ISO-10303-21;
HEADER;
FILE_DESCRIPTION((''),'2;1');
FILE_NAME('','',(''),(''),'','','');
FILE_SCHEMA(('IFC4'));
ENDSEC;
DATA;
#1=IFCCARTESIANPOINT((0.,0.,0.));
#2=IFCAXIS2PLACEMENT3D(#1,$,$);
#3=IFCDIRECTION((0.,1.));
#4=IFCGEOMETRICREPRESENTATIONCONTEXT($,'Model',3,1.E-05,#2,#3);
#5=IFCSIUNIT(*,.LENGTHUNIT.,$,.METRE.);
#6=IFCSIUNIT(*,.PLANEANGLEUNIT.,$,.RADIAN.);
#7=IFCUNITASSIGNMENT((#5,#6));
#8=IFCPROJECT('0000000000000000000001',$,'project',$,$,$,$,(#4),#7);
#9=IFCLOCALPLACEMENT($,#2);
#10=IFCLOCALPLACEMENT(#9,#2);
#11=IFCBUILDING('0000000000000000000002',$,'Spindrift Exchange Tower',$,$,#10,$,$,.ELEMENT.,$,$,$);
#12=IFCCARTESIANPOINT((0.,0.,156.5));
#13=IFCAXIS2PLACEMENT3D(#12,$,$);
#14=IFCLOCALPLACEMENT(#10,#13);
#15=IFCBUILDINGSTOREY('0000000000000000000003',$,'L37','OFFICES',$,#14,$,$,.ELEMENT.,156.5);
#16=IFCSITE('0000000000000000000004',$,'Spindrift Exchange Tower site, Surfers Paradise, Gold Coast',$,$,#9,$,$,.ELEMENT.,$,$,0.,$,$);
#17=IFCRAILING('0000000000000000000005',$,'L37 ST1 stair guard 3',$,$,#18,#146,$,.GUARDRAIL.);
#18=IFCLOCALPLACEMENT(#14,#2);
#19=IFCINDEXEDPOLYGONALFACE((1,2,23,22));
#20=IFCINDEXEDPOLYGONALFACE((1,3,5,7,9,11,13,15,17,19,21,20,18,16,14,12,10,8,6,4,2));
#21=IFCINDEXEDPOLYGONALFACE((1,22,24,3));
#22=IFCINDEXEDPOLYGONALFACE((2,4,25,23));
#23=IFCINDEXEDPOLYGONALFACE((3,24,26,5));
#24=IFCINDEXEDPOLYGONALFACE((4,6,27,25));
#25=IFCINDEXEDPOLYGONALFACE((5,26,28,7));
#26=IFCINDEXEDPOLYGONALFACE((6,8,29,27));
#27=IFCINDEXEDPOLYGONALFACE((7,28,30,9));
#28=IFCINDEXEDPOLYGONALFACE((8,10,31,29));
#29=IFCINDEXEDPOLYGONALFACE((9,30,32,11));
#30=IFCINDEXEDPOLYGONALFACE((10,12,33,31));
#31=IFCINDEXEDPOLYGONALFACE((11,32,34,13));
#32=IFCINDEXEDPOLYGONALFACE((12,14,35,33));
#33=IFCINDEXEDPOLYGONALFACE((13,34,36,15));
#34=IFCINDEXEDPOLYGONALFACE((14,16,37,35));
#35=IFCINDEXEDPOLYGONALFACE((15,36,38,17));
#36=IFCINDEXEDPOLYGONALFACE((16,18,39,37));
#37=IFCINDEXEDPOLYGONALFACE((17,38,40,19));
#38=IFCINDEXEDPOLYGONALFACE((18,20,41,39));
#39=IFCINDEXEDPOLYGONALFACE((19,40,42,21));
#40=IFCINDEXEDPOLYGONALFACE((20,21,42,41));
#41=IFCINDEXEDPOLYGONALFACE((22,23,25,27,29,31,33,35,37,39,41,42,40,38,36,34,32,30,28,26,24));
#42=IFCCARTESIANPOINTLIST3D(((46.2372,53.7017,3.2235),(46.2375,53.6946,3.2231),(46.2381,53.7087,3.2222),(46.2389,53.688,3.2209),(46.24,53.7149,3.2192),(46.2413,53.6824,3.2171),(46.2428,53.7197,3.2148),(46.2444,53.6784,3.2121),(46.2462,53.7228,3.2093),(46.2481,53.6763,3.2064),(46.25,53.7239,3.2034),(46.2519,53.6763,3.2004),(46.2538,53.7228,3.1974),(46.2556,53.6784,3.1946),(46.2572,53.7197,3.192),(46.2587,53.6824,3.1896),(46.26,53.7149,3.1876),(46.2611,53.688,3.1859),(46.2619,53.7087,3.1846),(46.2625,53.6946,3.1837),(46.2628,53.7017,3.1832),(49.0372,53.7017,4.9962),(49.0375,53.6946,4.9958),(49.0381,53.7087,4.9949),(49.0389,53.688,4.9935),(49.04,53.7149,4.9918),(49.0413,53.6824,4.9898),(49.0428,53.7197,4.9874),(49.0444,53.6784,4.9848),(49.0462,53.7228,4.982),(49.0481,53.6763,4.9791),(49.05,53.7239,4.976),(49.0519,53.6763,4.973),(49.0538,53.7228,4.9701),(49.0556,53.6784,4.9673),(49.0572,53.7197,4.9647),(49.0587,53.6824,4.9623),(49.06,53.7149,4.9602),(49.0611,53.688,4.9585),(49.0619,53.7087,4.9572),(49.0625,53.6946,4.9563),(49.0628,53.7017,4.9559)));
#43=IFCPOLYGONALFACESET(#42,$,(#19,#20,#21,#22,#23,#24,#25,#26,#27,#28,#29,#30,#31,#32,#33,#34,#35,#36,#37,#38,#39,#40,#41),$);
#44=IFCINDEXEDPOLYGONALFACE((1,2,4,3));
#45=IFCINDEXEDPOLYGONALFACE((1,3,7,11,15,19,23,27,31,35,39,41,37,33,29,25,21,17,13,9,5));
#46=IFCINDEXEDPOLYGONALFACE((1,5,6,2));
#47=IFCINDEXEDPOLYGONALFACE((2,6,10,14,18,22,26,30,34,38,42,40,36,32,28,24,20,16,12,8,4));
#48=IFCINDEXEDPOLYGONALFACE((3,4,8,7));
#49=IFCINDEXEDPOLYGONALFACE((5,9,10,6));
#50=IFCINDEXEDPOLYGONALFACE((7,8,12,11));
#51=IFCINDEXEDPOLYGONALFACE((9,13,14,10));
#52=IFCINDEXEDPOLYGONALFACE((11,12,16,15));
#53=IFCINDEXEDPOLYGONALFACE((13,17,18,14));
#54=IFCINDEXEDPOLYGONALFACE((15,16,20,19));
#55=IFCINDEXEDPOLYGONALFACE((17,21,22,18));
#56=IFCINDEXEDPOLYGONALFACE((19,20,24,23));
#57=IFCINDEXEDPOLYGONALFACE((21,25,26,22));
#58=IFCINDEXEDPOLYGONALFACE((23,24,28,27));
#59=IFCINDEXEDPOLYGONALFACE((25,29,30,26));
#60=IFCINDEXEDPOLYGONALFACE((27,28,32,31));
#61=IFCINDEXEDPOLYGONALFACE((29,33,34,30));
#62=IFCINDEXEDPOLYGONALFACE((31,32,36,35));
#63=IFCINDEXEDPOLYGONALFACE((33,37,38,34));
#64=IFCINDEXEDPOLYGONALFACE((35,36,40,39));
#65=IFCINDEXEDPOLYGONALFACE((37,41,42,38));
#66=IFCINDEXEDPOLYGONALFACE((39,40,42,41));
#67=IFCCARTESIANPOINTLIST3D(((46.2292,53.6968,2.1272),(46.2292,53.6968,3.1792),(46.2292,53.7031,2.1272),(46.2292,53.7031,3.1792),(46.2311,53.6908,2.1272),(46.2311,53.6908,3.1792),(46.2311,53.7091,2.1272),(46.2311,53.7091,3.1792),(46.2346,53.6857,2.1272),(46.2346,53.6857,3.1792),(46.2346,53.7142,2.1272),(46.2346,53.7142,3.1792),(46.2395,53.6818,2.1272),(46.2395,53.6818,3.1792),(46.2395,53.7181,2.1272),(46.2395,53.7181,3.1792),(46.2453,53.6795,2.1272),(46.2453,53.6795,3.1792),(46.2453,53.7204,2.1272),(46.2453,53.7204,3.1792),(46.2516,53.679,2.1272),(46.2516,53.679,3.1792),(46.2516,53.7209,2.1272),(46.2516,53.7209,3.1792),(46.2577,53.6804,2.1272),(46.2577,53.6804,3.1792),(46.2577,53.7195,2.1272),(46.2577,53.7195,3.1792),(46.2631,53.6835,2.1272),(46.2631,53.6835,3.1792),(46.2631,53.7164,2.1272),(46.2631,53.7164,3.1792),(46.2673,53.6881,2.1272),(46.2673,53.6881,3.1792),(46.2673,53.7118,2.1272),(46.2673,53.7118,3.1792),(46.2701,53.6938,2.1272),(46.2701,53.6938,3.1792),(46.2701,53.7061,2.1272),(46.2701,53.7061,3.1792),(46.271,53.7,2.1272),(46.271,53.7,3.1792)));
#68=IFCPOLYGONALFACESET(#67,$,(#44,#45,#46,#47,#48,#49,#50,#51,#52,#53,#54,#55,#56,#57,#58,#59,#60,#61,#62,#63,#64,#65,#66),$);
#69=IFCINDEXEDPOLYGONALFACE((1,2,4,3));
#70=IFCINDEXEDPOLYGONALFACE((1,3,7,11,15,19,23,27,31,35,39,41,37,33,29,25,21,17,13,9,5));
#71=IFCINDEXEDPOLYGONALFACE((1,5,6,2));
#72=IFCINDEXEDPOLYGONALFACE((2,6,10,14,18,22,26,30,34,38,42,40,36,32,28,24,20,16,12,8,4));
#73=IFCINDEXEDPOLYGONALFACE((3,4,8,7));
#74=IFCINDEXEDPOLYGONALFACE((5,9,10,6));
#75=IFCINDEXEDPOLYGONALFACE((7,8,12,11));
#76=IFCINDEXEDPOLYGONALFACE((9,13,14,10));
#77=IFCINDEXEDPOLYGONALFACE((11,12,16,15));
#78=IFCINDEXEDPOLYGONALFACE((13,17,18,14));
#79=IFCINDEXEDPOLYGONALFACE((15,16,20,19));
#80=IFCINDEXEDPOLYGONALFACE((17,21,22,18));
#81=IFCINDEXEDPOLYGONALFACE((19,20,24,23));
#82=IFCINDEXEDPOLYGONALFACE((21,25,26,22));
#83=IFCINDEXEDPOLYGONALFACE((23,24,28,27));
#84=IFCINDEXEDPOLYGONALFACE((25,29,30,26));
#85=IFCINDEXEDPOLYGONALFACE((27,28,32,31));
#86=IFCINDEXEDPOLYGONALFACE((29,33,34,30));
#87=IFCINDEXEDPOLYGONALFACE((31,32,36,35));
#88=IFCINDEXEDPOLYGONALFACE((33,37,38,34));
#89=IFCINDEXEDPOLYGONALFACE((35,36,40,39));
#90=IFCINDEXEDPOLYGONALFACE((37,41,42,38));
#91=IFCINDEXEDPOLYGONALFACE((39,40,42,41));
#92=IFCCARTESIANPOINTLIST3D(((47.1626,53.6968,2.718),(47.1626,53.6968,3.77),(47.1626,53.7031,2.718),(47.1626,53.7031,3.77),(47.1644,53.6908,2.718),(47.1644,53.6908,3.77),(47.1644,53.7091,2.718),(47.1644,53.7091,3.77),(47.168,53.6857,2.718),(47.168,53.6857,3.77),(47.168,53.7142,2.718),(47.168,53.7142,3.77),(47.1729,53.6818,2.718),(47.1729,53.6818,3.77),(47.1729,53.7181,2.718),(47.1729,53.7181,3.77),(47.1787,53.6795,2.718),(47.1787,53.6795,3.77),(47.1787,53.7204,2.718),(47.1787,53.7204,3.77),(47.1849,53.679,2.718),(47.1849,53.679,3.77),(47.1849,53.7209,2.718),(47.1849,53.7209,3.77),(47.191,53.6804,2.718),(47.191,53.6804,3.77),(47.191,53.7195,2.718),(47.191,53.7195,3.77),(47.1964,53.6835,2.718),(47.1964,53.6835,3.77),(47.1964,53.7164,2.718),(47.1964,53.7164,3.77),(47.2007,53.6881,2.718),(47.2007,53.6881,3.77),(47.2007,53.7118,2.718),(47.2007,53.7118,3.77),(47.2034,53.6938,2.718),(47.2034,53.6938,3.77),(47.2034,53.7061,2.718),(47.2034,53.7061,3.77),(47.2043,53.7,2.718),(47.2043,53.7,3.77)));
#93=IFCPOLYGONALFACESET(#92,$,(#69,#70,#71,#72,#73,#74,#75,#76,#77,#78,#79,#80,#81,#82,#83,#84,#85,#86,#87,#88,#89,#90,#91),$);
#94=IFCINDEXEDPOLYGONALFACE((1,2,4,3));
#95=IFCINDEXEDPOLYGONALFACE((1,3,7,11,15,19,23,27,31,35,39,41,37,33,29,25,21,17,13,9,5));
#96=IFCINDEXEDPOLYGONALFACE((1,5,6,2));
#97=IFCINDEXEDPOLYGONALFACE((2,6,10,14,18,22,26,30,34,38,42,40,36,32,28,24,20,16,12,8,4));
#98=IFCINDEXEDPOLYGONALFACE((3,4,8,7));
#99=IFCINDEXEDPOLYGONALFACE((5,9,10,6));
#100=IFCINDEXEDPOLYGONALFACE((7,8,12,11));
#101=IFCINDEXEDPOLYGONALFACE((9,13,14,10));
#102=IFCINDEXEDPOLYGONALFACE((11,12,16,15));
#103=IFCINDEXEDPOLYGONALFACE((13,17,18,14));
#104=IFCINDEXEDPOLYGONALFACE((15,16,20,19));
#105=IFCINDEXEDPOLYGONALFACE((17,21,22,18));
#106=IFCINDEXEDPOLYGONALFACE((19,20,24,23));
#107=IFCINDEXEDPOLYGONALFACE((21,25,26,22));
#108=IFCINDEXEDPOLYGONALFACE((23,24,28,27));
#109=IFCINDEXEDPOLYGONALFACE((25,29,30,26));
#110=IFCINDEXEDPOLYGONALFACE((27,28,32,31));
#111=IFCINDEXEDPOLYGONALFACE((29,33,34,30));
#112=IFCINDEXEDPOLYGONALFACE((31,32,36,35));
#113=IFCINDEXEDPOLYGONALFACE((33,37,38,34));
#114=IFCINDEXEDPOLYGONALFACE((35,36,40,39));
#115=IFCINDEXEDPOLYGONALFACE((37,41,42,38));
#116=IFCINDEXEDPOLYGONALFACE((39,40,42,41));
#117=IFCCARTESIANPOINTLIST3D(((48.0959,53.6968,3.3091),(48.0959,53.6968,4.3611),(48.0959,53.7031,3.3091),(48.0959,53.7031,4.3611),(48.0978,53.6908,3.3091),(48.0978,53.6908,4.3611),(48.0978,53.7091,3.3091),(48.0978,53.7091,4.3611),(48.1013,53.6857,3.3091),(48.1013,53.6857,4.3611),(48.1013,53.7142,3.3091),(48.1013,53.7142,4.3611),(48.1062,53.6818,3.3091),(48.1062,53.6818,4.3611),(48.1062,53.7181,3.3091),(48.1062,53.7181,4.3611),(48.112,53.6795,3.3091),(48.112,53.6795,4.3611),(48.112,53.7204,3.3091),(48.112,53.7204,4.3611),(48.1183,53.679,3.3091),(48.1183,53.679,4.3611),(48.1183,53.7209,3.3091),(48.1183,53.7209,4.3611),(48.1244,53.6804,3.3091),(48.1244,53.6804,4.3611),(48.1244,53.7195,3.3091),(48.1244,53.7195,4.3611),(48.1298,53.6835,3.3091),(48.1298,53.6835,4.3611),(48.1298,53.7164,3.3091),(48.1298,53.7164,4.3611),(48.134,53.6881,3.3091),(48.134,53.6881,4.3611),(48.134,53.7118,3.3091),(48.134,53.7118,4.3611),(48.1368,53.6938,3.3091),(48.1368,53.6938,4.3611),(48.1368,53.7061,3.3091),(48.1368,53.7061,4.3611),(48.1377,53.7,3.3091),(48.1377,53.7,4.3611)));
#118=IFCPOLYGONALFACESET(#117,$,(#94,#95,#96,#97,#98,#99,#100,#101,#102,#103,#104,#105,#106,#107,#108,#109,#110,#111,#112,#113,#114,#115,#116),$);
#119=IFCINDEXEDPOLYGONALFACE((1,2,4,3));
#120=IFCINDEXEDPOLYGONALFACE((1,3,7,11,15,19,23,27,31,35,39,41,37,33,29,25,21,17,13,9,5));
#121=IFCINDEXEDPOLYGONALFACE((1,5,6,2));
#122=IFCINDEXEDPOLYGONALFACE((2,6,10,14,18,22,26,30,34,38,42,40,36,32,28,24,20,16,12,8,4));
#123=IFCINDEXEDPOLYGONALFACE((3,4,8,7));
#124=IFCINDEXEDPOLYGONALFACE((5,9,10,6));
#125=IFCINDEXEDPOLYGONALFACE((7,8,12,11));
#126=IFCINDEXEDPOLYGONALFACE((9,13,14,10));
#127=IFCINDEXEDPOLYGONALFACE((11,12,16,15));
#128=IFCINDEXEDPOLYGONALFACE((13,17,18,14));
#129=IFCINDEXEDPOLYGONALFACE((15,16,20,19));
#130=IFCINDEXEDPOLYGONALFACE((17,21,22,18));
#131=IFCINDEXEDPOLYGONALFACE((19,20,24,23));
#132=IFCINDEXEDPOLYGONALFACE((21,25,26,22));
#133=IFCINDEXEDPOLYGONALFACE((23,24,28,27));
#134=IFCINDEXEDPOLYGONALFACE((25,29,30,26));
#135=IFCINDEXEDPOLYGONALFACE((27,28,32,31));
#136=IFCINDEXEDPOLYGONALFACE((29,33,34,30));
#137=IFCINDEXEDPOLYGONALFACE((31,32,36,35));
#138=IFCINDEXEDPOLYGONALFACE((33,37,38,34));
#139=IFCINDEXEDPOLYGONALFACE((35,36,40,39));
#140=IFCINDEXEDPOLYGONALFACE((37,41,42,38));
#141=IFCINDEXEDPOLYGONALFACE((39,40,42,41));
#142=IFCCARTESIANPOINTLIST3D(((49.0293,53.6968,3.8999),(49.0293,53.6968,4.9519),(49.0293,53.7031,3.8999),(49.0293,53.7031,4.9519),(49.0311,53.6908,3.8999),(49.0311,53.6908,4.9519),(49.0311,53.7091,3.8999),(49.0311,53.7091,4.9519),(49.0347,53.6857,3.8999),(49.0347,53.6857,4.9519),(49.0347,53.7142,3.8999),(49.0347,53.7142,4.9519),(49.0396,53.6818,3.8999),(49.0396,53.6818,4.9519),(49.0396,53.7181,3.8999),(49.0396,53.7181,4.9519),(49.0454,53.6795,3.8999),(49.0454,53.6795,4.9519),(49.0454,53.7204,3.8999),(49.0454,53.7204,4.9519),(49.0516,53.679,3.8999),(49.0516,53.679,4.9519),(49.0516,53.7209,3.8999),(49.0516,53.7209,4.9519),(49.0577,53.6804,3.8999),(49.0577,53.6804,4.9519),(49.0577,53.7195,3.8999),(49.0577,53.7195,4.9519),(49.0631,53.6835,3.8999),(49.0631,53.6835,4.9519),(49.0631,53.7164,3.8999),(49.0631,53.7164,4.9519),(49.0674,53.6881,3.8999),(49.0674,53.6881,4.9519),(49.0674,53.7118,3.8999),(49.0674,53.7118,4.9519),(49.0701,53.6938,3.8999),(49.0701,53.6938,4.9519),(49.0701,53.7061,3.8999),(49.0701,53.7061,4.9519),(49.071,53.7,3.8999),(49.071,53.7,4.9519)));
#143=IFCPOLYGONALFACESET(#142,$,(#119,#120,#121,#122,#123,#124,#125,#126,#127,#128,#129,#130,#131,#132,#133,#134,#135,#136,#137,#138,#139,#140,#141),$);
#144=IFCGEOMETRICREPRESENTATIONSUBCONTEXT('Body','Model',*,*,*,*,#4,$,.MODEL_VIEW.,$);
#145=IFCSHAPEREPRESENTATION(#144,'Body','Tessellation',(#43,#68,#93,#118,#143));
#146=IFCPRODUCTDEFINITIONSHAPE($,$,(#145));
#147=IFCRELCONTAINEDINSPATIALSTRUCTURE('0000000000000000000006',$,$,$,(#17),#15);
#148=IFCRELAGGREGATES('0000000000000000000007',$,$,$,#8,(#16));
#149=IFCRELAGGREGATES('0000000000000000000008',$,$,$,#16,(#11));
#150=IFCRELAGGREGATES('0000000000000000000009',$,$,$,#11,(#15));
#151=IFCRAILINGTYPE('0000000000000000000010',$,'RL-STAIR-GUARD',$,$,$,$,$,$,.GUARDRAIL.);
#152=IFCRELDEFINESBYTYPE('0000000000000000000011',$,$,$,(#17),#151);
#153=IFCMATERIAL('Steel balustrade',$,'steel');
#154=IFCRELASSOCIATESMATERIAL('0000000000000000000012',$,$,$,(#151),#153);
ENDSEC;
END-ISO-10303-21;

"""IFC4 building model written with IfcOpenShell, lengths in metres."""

from ifc_helpers import new_model, si_unit, direction, frame, origin, origin_2d, place, context, subcontext, project, spatial, circle, extrude, material, type_object, element, save


model = new_model("IFC4")

# Units and contexts
model_context = context("Model", 3, precision=1e-05, world=origin(), true_north=direction((0.0, 1.0)))
body_context = subcontext(model_context, "Body", "Model", "MODEL_VIEW")
ifc_project = project(units=[si_unit("LENGTHUNIT", "METRE"), si_unit("PLANEANGLEUNIT", "RADIAN")], contexts=[model_context])

# Site, building, storey
site_placement = place(None, origin())
site = spatial("IfcSite", under=ifc_project, at=site_placement, Name="Spindrift Exchange Tower site, Surfers Paradise, Gold Coast", CompositionType="ELEMENT", RefElevation=0.0)
building_placement = place(site_placement, origin())
building = spatial("IfcBuilding", under=site, at=building_placement, Name="Spindrift Exchange Tower", CompositionType="ELEMENT")
storey_placement = place(building_placement, frame((0.0, 0.0, 156.5)))
storey = spatial("IfcBuildingStorey", under=building, at=storey_placement, Name="L37", Description="OFFICES", CompositionType="ELEMENT", Elevation=156.5)

# Railing
ifc_material_1 = material(Name="Steel balustrade", Category="steel")
railing_type_1 = type_object("IfcRailingType", Name="RL-STAIR-GUARD", PredefinedType="GUARDRAIL", material=ifc_material_1)
railing_1_placement = place(storey_placement, frame((46.25, 53.7, 2.1272)))
element("IfcRailing", 1, at=railing_1_placement, inside=storey, type_object=railing_type_1, Name="L37 ST1 stair guard 3", PredefinedType="GUARDRAIL", context=body_context, shape_type="SweptSolid", body=[
    extrude(circle(Radius=0.0239, at=origin_2d()), frame((0.0, 0.0, 1.0762), z_axis=(0.844909, 0.0, 0.53491), x_axis=(0.0, 1.0, 0.0)), (0.0, 0.0, 1.0), 3.314),
    extrude(circle(Radius=0.021, at=origin_2d()), origin(), (0.0, 0.0, 1.0), 1.052),
    extrude(circle(Radius=0.021, at=origin_2d()), frame((0.9333, 0.0, 0.5908)), (0.0, 0.0, 1.0), 1.052),
    extrude(circle(Radius=0.021, at=origin_2d()), frame((1.8667, 0.0, 1.1819)), (0.0, 0.0, 1.0), 1.052),
    extrude(circle(Radius=0.021, at=origin_2d()), frame((2.8, 0.0, 1.7727)), (0.0, 0.0, 1.0), 1.052),
])

save(model, "model.ifc")
